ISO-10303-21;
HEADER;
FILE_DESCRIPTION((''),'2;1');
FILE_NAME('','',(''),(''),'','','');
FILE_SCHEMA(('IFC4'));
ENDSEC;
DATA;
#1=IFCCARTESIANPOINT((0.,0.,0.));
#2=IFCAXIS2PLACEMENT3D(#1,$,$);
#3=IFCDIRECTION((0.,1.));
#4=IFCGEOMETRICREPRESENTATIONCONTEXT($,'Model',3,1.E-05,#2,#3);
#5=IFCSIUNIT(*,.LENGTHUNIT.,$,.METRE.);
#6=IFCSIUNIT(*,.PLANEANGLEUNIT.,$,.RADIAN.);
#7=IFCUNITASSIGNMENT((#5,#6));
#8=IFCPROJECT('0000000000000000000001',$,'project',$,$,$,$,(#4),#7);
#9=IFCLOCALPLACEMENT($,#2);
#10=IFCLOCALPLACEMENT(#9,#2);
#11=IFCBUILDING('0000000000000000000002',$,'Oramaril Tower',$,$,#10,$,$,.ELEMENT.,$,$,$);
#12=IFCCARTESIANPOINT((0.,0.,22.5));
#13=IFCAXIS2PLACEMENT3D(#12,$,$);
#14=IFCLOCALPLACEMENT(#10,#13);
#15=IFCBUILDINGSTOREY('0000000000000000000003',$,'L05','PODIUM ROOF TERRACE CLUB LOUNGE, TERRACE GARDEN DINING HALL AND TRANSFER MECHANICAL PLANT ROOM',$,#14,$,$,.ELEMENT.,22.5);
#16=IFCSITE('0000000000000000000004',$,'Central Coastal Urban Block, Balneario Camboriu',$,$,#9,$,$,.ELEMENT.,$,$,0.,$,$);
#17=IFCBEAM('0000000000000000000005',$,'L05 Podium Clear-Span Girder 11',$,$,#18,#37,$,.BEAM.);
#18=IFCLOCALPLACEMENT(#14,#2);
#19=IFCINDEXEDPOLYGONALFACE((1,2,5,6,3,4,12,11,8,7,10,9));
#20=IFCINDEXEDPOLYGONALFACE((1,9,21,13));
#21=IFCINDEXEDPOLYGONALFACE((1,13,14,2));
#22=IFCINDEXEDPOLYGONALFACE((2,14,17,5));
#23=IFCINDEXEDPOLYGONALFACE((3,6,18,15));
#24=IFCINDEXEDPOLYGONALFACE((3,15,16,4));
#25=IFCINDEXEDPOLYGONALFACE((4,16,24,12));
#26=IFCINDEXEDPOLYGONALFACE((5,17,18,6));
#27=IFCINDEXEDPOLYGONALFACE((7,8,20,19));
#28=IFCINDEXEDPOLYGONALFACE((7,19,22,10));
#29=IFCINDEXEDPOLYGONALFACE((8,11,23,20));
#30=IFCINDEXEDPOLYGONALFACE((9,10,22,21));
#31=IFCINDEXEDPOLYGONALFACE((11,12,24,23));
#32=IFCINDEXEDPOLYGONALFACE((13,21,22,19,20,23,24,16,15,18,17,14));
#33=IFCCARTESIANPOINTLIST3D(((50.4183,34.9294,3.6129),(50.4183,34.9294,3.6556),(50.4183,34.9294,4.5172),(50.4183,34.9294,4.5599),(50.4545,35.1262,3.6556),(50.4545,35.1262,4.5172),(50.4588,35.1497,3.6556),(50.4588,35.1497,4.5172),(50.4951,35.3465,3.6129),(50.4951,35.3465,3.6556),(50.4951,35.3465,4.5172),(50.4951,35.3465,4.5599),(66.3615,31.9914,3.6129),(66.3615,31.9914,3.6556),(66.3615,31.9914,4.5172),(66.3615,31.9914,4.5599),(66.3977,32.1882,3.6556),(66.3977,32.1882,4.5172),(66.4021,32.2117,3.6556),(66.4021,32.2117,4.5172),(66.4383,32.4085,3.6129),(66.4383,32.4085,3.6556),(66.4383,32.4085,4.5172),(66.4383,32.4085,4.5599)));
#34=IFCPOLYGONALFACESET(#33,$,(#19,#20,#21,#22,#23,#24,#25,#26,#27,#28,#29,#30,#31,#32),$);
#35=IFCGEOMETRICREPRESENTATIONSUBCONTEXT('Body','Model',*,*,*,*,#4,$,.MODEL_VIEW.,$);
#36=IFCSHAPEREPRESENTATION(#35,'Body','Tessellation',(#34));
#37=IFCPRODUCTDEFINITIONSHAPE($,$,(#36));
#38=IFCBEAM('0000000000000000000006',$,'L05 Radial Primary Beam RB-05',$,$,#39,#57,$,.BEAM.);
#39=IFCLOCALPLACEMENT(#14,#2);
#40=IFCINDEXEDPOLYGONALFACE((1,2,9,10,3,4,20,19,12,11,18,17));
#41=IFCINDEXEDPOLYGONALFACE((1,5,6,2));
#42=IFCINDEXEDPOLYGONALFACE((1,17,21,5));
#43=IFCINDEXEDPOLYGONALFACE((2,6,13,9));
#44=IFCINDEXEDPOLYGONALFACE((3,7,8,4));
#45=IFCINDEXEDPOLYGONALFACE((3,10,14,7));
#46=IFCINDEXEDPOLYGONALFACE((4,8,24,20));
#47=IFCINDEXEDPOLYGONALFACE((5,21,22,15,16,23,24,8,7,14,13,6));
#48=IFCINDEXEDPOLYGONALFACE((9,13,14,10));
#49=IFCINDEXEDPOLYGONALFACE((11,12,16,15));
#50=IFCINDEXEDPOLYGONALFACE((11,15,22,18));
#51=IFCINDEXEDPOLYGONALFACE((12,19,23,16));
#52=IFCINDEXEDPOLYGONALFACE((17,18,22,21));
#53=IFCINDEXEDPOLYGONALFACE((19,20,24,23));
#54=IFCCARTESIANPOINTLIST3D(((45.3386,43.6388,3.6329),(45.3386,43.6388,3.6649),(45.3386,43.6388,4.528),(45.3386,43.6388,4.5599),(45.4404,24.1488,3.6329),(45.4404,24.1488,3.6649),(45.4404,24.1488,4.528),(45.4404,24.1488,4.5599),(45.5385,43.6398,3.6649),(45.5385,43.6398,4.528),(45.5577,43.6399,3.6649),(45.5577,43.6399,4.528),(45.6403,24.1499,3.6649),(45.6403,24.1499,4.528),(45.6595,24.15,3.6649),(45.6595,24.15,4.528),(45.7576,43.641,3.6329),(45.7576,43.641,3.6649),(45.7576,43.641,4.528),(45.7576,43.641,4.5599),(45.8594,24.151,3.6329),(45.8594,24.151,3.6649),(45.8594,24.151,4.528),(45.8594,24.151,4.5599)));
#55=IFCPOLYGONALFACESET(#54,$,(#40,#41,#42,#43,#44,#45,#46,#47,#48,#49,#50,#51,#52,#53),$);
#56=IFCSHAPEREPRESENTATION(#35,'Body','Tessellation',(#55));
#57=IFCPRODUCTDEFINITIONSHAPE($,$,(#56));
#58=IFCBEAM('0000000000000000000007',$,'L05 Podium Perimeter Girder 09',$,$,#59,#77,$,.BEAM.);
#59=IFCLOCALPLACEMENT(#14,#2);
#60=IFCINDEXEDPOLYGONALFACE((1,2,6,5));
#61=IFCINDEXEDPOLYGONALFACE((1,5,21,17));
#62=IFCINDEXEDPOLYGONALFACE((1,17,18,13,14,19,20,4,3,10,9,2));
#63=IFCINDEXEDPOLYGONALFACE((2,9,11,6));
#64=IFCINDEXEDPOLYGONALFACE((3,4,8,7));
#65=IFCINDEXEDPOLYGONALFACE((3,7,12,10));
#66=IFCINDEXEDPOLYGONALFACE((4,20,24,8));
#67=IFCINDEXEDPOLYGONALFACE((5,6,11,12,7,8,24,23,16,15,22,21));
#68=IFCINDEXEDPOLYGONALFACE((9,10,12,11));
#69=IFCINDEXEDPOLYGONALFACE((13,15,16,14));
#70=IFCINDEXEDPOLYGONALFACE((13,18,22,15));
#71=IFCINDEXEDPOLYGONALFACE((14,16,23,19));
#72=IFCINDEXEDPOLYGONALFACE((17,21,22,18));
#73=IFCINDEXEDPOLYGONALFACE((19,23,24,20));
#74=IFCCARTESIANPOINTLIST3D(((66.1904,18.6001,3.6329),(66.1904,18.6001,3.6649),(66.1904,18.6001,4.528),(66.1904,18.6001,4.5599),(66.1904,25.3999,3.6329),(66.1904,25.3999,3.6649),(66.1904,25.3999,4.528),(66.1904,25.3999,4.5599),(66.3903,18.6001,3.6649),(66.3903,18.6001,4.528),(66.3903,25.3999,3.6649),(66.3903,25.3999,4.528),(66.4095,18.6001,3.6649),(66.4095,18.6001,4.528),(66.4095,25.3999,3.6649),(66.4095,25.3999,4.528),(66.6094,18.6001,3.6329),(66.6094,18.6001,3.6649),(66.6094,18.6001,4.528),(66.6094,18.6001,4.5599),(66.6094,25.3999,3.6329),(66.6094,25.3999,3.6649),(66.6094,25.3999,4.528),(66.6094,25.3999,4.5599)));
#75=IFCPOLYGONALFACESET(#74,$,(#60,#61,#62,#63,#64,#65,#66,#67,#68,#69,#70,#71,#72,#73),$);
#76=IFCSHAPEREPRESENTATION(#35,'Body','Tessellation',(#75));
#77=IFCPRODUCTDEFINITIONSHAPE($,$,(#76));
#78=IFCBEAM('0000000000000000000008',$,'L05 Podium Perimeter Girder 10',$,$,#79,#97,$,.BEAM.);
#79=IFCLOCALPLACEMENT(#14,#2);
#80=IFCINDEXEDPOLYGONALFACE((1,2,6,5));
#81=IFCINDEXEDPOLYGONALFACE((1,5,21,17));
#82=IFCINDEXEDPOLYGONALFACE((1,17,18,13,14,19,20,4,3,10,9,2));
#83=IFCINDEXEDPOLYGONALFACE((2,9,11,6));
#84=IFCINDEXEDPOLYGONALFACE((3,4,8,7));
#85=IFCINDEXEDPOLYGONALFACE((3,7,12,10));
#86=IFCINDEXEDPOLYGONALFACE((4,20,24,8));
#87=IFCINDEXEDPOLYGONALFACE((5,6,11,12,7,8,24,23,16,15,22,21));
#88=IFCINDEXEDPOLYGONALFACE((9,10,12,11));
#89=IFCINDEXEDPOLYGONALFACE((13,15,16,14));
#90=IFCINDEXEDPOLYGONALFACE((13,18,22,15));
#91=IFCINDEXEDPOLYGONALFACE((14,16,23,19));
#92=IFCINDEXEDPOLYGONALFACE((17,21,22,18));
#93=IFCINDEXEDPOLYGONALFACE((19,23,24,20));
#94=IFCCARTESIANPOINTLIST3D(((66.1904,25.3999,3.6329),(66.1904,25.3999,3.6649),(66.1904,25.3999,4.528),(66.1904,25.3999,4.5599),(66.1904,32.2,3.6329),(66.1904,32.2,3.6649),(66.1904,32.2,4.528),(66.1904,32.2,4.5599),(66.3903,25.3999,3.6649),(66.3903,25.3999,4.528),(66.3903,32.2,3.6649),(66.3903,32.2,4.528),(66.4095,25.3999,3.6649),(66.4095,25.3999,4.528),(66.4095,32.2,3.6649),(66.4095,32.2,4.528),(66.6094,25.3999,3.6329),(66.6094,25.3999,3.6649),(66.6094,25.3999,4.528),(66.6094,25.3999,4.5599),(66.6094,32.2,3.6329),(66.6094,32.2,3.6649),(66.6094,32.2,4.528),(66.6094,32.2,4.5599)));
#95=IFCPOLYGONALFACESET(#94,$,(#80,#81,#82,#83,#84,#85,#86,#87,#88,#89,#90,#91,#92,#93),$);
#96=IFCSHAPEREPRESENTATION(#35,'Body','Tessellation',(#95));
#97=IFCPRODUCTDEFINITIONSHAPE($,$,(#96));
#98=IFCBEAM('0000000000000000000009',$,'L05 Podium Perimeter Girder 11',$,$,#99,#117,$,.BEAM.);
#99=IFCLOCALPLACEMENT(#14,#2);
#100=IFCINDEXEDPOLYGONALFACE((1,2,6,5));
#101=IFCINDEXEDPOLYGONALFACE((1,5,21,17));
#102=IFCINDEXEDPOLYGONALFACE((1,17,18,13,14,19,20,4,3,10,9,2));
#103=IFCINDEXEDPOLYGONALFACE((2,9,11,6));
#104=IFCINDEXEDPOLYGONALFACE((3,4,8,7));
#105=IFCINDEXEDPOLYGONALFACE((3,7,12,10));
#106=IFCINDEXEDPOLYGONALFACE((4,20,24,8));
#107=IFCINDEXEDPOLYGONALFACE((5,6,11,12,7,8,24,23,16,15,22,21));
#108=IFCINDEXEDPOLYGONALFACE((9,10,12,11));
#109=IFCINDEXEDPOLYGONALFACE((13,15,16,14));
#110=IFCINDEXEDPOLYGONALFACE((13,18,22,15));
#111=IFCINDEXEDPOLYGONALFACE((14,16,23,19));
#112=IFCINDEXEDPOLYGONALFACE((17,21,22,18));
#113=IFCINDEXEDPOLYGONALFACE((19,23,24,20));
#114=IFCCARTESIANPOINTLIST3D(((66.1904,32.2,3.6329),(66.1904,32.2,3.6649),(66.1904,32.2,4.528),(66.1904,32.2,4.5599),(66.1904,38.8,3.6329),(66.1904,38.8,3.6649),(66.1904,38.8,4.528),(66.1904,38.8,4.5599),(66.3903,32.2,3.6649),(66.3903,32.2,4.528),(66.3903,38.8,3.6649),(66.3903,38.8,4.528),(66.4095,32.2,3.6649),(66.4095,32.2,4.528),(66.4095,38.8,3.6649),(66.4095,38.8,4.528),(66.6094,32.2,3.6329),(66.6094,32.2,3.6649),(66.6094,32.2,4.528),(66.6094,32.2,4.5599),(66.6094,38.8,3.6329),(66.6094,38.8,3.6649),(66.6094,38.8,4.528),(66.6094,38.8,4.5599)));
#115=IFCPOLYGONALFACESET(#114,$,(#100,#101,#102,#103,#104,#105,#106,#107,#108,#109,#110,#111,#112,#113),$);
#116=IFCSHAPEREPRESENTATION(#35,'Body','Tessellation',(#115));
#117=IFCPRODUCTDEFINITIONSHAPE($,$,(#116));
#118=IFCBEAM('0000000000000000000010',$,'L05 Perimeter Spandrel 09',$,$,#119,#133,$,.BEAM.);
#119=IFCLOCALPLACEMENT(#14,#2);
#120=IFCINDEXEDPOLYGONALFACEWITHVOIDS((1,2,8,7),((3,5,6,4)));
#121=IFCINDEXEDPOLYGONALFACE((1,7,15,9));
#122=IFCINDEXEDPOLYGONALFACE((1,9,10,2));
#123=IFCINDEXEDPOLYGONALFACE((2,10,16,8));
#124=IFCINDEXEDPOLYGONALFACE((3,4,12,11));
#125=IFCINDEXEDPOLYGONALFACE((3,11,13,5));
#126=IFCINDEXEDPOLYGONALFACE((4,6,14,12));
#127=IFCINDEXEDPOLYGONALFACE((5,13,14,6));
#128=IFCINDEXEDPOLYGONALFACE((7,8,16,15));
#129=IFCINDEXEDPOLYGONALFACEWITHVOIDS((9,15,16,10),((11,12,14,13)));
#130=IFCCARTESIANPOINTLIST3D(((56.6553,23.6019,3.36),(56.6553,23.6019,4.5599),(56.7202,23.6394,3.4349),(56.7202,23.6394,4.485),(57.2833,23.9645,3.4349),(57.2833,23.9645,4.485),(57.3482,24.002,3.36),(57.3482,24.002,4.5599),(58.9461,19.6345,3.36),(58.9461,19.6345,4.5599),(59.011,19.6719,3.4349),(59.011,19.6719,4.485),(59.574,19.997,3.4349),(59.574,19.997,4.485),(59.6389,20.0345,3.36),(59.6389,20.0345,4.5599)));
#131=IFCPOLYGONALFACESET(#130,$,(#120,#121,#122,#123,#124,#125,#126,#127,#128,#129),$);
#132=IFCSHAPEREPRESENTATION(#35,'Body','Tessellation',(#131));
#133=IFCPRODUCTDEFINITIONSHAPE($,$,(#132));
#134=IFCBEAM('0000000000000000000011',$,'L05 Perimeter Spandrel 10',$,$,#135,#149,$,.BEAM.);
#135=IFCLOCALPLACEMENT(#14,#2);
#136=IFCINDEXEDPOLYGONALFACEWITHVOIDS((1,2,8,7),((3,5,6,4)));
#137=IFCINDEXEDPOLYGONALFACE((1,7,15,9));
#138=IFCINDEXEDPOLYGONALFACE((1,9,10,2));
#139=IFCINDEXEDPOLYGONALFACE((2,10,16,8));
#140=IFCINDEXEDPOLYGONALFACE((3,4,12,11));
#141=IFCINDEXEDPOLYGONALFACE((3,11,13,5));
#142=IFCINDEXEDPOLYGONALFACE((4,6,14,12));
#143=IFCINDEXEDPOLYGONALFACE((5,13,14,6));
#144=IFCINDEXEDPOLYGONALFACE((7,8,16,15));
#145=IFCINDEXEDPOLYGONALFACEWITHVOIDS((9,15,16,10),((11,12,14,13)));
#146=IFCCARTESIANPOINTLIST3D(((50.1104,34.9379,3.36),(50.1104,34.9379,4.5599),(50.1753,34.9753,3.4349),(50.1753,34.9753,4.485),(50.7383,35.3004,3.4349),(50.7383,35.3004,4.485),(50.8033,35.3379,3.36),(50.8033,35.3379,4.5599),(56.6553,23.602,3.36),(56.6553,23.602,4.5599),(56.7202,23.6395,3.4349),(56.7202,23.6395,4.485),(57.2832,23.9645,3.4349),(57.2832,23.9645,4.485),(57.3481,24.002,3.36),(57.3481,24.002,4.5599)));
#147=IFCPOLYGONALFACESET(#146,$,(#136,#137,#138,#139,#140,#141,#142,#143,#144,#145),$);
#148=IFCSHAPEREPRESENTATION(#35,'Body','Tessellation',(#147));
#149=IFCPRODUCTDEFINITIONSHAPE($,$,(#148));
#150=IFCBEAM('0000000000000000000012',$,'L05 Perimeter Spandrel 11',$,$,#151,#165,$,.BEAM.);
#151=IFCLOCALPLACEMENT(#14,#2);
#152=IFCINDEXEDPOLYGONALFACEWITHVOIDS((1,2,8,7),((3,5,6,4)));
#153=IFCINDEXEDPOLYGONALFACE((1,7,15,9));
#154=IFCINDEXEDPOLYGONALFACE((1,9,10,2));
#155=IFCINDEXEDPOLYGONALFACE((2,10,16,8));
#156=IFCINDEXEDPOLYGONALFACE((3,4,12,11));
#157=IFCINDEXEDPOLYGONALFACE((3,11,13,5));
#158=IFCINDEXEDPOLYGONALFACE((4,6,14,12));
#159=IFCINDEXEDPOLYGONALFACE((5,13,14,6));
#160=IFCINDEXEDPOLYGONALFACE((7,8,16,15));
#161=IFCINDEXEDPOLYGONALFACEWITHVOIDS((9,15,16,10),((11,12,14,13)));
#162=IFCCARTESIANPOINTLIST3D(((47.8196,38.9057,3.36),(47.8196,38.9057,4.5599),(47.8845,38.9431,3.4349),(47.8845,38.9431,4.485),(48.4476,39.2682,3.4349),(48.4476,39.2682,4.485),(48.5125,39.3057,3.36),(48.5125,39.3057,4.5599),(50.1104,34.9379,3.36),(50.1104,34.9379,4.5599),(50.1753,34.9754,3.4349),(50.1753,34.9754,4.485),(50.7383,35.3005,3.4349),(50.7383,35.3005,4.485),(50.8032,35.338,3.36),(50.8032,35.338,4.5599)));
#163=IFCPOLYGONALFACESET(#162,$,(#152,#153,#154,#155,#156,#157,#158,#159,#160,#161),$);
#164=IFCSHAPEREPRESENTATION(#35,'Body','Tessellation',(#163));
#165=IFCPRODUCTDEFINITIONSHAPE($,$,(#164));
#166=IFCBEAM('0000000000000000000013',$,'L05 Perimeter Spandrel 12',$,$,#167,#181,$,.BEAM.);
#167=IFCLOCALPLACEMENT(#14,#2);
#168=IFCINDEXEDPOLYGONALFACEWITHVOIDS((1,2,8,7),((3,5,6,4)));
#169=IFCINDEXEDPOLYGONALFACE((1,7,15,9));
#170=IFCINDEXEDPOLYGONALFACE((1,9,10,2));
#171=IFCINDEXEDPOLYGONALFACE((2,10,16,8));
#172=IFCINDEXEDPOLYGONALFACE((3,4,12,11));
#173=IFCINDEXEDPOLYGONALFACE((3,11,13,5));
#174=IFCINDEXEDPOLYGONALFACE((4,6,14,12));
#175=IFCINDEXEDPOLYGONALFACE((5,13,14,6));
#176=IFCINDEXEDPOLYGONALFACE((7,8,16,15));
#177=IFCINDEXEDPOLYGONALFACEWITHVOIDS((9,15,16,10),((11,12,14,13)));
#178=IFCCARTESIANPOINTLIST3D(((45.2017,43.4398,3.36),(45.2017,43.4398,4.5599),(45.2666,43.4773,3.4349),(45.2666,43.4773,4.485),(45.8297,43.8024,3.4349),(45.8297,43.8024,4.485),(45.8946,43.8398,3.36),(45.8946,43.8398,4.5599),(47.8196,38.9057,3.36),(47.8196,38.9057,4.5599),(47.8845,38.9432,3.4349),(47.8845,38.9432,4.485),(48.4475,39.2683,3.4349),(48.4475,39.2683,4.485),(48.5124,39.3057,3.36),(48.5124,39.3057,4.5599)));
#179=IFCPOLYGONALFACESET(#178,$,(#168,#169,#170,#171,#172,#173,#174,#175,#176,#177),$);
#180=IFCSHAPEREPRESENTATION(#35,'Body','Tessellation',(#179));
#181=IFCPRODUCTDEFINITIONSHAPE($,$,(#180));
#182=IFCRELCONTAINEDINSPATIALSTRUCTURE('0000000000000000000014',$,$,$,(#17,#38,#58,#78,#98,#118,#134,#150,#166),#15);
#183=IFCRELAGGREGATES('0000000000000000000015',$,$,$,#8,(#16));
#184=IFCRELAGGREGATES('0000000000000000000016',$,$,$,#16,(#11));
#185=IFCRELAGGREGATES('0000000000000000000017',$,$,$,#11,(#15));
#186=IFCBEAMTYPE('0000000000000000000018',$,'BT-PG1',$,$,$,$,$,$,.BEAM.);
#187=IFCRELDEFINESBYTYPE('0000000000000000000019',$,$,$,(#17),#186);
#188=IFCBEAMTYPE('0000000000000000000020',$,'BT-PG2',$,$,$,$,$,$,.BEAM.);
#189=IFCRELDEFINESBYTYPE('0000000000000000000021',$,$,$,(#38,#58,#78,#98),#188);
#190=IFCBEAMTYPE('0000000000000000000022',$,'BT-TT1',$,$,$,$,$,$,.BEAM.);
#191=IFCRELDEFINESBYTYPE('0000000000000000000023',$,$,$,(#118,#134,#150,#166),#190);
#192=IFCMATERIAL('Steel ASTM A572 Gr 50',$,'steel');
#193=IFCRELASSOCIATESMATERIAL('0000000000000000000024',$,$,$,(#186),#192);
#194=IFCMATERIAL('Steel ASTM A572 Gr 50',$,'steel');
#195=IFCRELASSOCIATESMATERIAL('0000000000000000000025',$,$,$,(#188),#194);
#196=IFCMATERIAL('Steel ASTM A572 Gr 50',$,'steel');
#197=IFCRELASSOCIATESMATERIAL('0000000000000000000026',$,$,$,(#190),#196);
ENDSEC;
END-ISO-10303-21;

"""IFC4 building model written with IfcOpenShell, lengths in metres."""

from ifc_helpers import new_model, si_unit, direction, frame, origin, origin_2d, place, context, subcontext, project, spatial, hollow_rectangle, i_section, extrude, material, material_profile, profile_set, type_object, element, save


model = new_model("IFC4")

# Units and contexts
model_context = context("Model", 3, precision=1e-05, world=origin(), true_north=direction((0.0, 1.0)))
body_context = subcontext(model_context, "Body", "Model", "MODEL_VIEW")
ifc_project = project(units=[si_unit("LENGTHUNIT", "METRE"), si_unit("PLANEANGLEUNIT", "RADIAN")], contexts=[model_context])

# Site, building, storey
site_placement = place(None, origin())
site = spatial("IfcSite", under=ifc_project, at=site_placement, Name="Central Coastal Urban Block, Balneario Camboriu", CompositionType="ELEMENT", RefElevation=0.0)
building_placement = place(site_placement, origin())
building = spatial("IfcBuilding", under=site, at=building_placement, Name="Oramaril Tower", CompositionType="ELEMENT")
storey_placement = place(building_placement, frame((0.0, 0.0, 22.5)))
storey = spatial("IfcBuildingStorey", under=building, at=storey_placement, Name="L05", Description="PODIUM ROOF TERRACE CLUB LOUNGE, TERRACE GARDEN DINING HALL AND TRANSFER MECHANICAL PLANT ROOM", CompositionType="ELEMENT", Elevation=22.5)

# Beams
ifc_material_1 = material(Name="Steel ASTM A572 Gr 50", Category="steel")
ifc_material_profile_1 = material_profile(ifc_material_1, i_section(OverallWidth=0.4241, OverallDepth=0.947, WebThickness=0.0239, FlangeThickness=0.0427, at=origin_2d()), Name="W36X302")
ifc_profile_set_1 = profile_set([ifc_material_profile_1], Name="Steel ASTM A572 Gr 50")
beam_type_1 = type_object("IfcBeamType", Name="BT-PG1", PredefinedType="BEAM", material=ifc_profile_set_1)
beam_1_placement = place(storey_placement, frame((66.3999, 32.2, 4.0864), z_axis=(-0.983441, 0.181228, 0.0), x_axis=(-0.181228, -0.983441, 0.0)))
element("IfcBeam", 1, at=beam_1_placement, inside=storey, type_object=beam_type_1, Name="L05 Podium Clear-Span Girder 11", PredefinedType="BEAM", context=body_context, shape_type="SweptSolid", body=[
    extrude(i_section(OverallWidth=0.4241, OverallDepth=0.947, WebThickness=0.0239, FlangeThickness=0.0427, at=origin_2d()), origin(), (0.0, 0.0, 1.0), 16.2117),
])
ifc_material_2 = material(Name="Steel ASTM A572 Gr 50", Category="steel")
ifc_material_profile_2 = material_profile(ifc_material_2, i_section(OverallWidth=0.4189, OverallDepth=0.927, WebThickness=0.0193, FlangeThickness=0.032, at=origin_2d()), Name="W36X231")
ifc_profile_set_2 = profile_set([ifc_material_profile_2], Name="Steel ASTM A572 Gr 50")
beam_type_2 = type_object("IfcBeamType", Name="BT-PG2", PredefinedType="BEAM", material=ifc_profile_set_2)
beam_2_placement = place(storey_placement, frame((45.6499, 24.1499, 4.0964), z_axis=(-0.005223, 0.999986, 0.0), x_axis=(-0.999986, -0.005223, 0.0)))
element("IfcBeam", 2, at=beam_2_placement, inside=storey, type_object=beam_type_2, Name="L05 Radial Primary Beam RB-05", PredefinedType="BEAM", context=body_context, shape_type="SweptSolid", body=[
    extrude(i_section(OverallWidth=0.4189, OverallDepth=0.927, WebThickness=0.0193, FlangeThickness=0.032, at=origin_2d()), origin(), (0.0, 0.0, 1.0), 19.4902),
])
beam_3_placement = place(storey_placement, frame((66.3999, 18.6001, 4.0964), z_axis=(0.0, 1.0, 0.0), x_axis=(-1.0, 0.0, 0.0)))
element("IfcBeam", 3, at=beam_3_placement, inside=storey, type_object=beam_type_2, Name="L05 Podium Perimeter Girder 09", PredefinedType="BEAM", context=body_context, shape_type="SweptSolid", body=[
    extrude(i_section(OverallWidth=0.4189, OverallDepth=0.927, WebThickness=0.0193, FlangeThickness=0.032, at=origin_2d()), origin(), (0.0, 0.0, 1.0), 6.7998),
])
beam_4_placement = place(storey_placement, frame((66.3999, 25.3999, 4.0964), z_axis=(0.0, 1.0, 0.0), x_axis=(-1.0, 0.0, 0.0)))
element("IfcBeam", 4, at=beam_4_placement, inside=storey, type_object=beam_type_2, Name="L05 Podium Perimeter Girder 10", PredefinedType="BEAM", context=body_context, shape_type="SweptSolid", body=[
    extrude(i_section(OverallWidth=0.4189, OverallDepth=0.927, WebThickness=0.0193, FlangeThickness=0.032, at=origin_2d()), origin(), (0.0, 0.0, 1.0), 6.8),
])
beam_5_placement = place(storey_placement, frame((66.3999, 32.2, 4.0964), z_axis=(0.0, 1.0, 0.0), x_axis=(-1.0, 0.0, 0.0)))
element("IfcBeam", 5, at=beam_5_placement, inside=storey, type_object=beam_type_2, Name="L05 Podium Perimeter Girder 11", PredefinedType="BEAM", context=body_context, shape_type="SweptSolid", body=[
    extrude(i_section(OverallWidth=0.4189, OverallDepth=0.927, WebThickness=0.0193, FlangeThickness=0.032, at=origin_2d()), origin(), (0.0, 0.0, 1.0), 6.6001),
])
ifc_material_3 = material(Name="Steel ASTM A572 Gr 50", Category="steel")
ifc_material_profile_3 = material_profile(ifc_material_3, hollow_rectangle(XDim=0.8, YDim=1.2, WallThickness=0.075, at=origin_2d()), Name="BOX1200X800X75")
ifc_profile_set_3 = profile_set([ifc_material_profile_3], Name="Steel ASTM A572 Gr 50")
beam_type_3 = type_object("IfcBeamType", Name="BT-TT1", PredefinedType="BEAM", material=ifc_profile_set_3)
beam_6_placement = place(storey_placement, frame((59.2925, 19.8345, 3.96), z_axis=(-0.500019, 0.866014, 0.0), x_axis=(-0.866014, -0.500019, 0.0)))
element("IfcBeam", 6, at=beam_6_placement, inside=storey, type_object=beam_type_3, Name="L05 Perimeter Spandrel 09", PredefinedType="BEAM", context=body_context, shape_type="SweptSolid", body=[
    extrude(hollow_rectangle(XDim=0.8, YDim=1.2, WallThickness=0.075, at=origin_2d()), origin(), (0.0, 0.0, 1.0), 4.5813),
])
beam_7_placement = place(storey_placement, frame((57.0017, 23.802, 3.96), z_axis=(-0.500007, 0.866022, 0.0), x_axis=(-0.866022, -0.500007, 0.0)))
element("IfcBeam", 7, at=beam_7_placement, inside=storey, type_object=beam_type_3, Name="L05 Perimeter Spandrel 10", PredefinedType="BEAM", context=body_context, shape_type="SweptSolid", body=[
    extrude(hollow_rectangle(XDim=0.8, YDim=1.2, WallThickness=0.075, at=origin_2d()), origin(), (0.0, 0.0, 1.0), 13.0896),
])
beam_8_placement = place(storey_placement, frame((50.4568, 35.1379, 3.96), z_axis=(-0.499996, 0.866028, 0.0), x_axis=(-0.866028, -0.499996, 0.0)))
element("IfcBeam", 8, at=beam_8_placement, inside=storey, type_object=beam_type_3, Name="L05 Perimeter Spandrel 11", PredefinedType="BEAM", context=body_context, shape_type="SweptSolid", body=[
    extrude(hollow_rectangle(XDim=0.8, YDim=1.2, WallThickness=0.075, at=origin_2d()), origin(), (0.0, 0.0, 1.0), 4.5815),
])
beam_9_placement = place(storey_placement, frame((48.166, 39.1057, 3.96), z_axis=(-0.500016, 0.866016, 0.0), x_axis=(-0.866016, -0.500016, 0.0)))
element("IfcBeam", 9, at=beam_9_placement, inside=storey, type_object=beam_type_3, Name="L05 Perimeter Spandrel 12", PredefinedType="BEAM", context=body_context, shape_type="SweptSolid", body=[
    extrude(hollow_rectangle(XDim=0.8, YDim=1.2, WallThickness=0.075, at=origin_2d()), origin(), (0.0, 0.0, 1.0), 5.2356),
])

save(model, "model.ifc")
